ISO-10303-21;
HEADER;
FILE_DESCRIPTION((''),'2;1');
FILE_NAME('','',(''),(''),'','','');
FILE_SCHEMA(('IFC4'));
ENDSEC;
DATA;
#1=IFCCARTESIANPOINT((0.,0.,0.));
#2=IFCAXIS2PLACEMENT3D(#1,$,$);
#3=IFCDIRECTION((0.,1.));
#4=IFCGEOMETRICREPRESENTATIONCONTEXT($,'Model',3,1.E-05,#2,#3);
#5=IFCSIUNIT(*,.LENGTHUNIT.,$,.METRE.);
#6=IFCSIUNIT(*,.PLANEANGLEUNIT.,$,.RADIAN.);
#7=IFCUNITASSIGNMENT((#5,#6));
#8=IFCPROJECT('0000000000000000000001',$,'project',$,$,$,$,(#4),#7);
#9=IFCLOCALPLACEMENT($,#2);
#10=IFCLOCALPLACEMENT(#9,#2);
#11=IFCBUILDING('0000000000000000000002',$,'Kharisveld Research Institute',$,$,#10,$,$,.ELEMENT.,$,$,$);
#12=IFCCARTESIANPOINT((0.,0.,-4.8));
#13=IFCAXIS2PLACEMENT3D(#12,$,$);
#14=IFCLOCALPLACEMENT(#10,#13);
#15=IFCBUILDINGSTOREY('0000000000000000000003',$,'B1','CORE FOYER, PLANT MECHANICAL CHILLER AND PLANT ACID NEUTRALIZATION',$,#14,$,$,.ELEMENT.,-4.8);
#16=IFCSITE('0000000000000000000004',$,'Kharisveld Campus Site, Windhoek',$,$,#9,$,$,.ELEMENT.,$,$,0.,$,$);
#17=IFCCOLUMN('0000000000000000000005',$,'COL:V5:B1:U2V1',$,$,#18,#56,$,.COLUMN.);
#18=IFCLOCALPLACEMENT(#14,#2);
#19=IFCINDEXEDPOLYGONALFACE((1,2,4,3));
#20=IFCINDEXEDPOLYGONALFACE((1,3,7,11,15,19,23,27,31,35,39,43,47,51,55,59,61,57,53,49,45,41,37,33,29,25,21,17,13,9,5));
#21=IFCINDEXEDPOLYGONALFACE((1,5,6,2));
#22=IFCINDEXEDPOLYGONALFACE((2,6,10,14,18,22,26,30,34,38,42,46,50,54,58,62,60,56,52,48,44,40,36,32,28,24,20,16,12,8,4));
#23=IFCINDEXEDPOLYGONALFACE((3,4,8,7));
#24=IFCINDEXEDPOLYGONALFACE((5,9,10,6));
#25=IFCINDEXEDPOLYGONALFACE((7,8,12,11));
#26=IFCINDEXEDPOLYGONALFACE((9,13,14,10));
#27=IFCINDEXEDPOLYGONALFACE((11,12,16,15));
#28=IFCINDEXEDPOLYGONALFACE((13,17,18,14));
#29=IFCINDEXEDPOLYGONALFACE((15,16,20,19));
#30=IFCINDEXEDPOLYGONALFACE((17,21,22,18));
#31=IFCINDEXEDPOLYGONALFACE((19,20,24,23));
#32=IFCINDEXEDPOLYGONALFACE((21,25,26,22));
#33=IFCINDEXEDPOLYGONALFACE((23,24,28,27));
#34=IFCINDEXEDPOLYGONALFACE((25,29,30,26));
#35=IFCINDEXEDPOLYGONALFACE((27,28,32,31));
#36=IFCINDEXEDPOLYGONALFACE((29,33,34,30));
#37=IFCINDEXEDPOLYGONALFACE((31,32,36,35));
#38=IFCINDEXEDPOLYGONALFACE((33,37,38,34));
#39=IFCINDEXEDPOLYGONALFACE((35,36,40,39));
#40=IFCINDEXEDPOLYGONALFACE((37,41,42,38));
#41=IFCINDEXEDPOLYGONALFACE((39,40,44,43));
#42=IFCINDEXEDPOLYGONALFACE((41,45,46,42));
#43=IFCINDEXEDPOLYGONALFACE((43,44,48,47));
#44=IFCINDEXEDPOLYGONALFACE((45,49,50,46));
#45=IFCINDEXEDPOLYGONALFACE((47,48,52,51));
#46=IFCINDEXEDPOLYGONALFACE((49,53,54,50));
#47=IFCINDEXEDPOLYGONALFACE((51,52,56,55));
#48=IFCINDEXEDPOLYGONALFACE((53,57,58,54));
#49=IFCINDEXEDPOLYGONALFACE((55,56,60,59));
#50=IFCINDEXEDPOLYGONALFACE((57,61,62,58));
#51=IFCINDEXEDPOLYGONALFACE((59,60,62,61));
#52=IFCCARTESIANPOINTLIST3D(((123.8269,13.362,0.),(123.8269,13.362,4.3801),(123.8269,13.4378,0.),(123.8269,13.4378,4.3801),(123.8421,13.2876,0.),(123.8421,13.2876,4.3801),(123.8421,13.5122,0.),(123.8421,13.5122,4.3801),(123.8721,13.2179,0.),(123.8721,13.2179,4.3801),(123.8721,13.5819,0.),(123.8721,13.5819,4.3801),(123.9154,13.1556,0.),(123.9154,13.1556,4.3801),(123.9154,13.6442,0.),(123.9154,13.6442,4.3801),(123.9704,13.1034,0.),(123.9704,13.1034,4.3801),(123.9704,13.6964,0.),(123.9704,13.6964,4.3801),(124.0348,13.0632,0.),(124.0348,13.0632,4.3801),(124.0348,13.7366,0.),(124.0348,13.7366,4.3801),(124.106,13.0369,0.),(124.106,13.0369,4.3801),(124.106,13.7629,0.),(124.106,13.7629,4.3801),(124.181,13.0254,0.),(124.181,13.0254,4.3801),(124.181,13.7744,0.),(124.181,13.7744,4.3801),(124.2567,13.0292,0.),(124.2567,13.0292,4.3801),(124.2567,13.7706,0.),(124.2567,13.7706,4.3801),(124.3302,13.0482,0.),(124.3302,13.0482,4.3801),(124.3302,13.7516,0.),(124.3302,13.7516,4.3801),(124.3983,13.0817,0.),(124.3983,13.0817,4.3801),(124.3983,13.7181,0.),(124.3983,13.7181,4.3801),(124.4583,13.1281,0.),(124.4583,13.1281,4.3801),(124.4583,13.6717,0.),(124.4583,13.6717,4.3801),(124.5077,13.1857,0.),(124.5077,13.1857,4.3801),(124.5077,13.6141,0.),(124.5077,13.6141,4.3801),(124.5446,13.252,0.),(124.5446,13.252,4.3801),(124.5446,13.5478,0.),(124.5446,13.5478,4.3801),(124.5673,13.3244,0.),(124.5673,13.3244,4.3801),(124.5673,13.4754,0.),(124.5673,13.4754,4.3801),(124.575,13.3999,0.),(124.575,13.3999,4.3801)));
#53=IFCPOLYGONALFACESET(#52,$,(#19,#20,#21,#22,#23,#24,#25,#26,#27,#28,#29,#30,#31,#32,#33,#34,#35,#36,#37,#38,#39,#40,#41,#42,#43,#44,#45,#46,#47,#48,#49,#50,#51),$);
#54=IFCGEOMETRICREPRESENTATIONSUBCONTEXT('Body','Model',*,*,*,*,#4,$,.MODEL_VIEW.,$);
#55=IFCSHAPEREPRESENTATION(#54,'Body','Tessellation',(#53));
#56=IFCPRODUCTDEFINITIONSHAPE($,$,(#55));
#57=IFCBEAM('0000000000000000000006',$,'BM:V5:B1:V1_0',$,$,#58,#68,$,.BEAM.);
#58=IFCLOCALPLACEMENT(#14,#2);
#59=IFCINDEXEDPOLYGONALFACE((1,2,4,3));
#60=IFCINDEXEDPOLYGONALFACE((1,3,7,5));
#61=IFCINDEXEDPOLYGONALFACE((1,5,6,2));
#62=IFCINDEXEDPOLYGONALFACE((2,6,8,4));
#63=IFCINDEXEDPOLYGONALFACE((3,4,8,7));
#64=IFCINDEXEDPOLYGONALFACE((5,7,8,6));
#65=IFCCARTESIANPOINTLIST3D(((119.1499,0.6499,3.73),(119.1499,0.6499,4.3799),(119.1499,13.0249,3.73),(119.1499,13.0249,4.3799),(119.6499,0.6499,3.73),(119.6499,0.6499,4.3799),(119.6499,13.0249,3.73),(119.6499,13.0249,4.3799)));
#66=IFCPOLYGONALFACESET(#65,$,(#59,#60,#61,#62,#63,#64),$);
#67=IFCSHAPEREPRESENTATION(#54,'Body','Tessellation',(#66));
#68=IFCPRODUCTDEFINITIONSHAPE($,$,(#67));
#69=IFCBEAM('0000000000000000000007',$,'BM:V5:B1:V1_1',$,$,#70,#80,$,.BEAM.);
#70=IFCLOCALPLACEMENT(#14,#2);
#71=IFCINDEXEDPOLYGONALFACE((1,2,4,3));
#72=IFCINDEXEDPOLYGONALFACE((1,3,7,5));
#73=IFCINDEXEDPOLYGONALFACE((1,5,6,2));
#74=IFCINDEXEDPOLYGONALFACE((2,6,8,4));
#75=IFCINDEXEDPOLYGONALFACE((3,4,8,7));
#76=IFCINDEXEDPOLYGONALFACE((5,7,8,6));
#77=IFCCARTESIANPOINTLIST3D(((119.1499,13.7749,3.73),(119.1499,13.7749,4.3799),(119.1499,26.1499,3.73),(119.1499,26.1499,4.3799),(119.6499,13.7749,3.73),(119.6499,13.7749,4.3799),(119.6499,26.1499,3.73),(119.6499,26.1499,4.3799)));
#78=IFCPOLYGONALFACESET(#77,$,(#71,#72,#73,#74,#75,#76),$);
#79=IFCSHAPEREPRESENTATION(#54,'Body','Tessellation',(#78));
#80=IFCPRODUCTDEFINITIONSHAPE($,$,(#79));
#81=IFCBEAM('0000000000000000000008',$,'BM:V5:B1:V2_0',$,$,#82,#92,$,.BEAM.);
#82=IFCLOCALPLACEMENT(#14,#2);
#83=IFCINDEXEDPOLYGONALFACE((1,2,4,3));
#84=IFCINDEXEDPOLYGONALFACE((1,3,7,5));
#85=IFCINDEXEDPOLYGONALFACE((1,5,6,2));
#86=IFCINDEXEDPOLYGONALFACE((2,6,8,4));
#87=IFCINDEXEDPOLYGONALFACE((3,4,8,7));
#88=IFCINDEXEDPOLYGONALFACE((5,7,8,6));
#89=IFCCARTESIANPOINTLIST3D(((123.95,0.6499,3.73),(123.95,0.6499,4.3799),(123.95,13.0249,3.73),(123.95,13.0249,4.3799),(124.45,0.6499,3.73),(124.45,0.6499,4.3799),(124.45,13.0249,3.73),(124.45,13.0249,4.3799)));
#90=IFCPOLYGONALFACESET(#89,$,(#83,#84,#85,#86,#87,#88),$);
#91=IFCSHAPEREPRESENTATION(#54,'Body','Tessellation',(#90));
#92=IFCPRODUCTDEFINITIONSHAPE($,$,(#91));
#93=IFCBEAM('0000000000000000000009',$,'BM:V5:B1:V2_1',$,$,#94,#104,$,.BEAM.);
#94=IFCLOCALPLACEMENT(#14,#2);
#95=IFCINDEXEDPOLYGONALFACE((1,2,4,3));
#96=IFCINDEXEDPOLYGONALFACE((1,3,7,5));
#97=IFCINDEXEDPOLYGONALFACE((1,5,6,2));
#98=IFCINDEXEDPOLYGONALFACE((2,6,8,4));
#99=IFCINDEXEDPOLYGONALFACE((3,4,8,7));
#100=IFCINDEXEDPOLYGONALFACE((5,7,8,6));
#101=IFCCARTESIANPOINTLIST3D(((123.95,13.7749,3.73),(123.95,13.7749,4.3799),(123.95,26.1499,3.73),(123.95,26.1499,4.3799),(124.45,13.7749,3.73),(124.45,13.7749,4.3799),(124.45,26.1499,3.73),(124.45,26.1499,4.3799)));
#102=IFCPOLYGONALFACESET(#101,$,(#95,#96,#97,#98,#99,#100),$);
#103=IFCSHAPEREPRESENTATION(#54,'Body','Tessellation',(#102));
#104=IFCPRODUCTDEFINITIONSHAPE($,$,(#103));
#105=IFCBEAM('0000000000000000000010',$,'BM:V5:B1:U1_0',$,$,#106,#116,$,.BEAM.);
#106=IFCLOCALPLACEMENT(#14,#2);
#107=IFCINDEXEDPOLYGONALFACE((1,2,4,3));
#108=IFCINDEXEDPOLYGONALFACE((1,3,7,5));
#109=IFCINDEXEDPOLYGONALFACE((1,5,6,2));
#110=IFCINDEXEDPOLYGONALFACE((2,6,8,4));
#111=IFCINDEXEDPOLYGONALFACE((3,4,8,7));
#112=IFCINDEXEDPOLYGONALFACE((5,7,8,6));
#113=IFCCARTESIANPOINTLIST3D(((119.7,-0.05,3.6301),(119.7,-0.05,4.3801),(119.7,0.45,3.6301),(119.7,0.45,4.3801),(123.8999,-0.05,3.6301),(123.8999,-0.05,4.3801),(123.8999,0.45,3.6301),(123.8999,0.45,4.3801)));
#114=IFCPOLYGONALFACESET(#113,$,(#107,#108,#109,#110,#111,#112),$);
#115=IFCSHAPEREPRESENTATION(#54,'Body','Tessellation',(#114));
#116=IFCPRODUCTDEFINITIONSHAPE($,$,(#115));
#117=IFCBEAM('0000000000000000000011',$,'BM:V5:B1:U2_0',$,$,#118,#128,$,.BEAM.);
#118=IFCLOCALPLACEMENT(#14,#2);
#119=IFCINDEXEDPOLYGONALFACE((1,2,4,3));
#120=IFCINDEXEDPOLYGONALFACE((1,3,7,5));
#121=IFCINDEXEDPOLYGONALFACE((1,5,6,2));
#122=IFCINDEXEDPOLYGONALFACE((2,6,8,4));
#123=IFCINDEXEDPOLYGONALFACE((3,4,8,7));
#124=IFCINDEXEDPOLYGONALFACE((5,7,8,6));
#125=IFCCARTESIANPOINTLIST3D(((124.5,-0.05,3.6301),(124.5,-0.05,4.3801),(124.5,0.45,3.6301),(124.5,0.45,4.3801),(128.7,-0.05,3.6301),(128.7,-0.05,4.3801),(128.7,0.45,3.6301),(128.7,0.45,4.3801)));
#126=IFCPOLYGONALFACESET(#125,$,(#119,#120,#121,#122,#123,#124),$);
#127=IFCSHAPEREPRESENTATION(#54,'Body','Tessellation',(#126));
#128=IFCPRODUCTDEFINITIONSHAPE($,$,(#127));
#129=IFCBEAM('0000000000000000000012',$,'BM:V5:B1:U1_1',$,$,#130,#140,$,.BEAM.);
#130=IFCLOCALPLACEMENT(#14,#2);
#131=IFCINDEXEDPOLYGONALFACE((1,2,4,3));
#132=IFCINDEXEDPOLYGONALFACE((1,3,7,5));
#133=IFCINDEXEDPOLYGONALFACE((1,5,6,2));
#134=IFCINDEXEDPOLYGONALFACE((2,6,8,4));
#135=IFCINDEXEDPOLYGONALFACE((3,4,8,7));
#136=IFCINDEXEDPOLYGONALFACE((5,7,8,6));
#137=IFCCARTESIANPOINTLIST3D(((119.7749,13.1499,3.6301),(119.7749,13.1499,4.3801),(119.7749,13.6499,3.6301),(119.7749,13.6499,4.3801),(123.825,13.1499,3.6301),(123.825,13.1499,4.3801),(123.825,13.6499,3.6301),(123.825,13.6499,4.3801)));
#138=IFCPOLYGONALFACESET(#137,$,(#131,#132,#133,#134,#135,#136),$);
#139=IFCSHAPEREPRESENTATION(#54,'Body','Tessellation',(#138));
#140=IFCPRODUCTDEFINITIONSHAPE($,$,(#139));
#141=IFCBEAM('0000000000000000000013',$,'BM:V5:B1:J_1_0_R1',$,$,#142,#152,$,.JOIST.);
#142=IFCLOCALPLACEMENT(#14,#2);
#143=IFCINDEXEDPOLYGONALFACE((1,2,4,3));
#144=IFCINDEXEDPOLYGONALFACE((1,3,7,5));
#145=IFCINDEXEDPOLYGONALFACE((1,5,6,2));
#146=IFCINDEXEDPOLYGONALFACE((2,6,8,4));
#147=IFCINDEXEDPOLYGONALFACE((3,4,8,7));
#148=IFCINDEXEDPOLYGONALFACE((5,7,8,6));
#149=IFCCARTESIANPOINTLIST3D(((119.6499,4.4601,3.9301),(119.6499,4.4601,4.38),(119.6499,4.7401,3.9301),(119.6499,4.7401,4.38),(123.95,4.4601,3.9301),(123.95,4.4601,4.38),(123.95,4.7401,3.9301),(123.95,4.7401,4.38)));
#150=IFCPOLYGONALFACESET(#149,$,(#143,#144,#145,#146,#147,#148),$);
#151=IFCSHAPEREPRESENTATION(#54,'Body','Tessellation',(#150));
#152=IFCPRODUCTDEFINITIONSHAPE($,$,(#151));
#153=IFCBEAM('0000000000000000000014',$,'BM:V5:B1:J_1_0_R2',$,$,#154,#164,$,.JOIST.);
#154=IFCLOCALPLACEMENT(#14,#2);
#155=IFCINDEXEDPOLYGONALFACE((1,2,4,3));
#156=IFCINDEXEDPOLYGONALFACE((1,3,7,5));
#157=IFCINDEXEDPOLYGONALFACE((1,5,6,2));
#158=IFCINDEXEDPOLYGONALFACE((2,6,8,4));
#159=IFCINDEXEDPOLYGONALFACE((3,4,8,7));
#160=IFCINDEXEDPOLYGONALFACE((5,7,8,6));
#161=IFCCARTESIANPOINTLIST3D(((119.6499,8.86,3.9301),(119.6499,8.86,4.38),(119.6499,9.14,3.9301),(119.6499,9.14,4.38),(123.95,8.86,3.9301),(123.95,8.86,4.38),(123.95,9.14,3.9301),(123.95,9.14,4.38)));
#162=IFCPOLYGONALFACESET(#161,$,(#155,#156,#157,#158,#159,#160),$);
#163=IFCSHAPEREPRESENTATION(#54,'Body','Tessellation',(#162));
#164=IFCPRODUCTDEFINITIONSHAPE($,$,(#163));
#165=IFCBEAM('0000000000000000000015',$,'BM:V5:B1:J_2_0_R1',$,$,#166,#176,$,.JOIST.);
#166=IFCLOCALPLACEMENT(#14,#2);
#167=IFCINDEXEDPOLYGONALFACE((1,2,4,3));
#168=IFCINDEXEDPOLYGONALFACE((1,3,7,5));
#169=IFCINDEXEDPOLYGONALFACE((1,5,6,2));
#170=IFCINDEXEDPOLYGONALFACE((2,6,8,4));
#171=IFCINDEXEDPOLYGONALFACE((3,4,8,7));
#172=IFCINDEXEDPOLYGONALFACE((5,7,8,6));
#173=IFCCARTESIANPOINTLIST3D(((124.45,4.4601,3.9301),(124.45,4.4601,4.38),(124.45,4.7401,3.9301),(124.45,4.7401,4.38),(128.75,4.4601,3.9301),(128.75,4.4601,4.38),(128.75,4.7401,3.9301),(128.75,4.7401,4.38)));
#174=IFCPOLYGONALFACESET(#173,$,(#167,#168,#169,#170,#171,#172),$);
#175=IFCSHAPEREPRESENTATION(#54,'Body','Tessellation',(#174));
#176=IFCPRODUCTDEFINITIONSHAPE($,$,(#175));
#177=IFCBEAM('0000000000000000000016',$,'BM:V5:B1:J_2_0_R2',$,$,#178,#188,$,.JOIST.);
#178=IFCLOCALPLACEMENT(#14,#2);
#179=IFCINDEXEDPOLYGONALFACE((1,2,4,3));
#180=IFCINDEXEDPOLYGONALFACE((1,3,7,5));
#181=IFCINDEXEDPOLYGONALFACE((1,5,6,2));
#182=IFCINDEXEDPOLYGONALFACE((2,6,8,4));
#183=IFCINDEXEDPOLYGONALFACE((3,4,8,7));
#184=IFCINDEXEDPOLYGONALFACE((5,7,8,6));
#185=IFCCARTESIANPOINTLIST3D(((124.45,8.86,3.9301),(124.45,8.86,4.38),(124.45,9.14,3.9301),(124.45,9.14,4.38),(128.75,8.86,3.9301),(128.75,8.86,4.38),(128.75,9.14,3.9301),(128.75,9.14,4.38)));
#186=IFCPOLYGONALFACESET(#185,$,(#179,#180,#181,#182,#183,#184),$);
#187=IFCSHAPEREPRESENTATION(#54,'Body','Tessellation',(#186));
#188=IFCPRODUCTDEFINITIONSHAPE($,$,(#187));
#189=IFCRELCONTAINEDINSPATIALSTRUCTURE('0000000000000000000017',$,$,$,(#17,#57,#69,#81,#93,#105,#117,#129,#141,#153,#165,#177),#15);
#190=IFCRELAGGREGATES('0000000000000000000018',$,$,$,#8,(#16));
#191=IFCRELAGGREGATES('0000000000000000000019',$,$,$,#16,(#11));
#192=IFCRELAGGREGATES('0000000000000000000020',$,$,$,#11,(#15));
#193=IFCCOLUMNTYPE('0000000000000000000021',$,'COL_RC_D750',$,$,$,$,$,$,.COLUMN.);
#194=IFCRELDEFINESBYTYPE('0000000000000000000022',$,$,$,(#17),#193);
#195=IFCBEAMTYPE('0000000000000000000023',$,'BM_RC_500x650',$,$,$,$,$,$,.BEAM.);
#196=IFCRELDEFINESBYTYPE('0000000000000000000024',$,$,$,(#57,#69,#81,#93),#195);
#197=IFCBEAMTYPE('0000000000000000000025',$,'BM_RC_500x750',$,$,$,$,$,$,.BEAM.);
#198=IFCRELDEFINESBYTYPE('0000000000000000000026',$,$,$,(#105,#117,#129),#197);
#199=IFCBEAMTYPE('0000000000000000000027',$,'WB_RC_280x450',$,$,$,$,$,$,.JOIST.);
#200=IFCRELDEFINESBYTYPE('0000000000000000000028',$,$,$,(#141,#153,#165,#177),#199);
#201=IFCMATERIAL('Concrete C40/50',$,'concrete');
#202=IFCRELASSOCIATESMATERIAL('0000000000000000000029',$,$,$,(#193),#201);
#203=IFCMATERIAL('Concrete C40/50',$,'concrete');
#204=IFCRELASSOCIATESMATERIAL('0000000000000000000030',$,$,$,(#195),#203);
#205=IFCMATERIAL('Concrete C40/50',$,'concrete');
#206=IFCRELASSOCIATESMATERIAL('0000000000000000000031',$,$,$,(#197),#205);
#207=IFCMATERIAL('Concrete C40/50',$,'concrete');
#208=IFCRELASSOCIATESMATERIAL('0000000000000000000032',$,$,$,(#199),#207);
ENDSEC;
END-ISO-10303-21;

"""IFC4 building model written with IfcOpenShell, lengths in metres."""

from ifc_helpers import new_model, si_unit, direction, frame, origin, origin_2d, place, context, subcontext, project, spatial, rectangle, circle, extrude, material, material_profile, profile_set, type_object, element, save


model = new_model("IFC4")

# Units and contexts
model_context = context("Model", 3, precision=1e-05, world=origin(), true_north=direction((0.0, 1.0)))
body_context = subcontext(model_context, "Body", "Model", "MODEL_VIEW")
ifc_project = project(units=[si_unit("LENGTHUNIT", "METRE"), si_unit("PLANEANGLEUNIT", "RADIAN")], contexts=[model_context])

# Site, building, storey
site_placement = place(None, origin())
site = spatial("IfcSite", under=ifc_project, at=site_placement, Name="Kharisveld Campus Site, Windhoek", CompositionType="ELEMENT", RefElevation=0.0)
building_placement = place(site_placement, origin())
building = spatial("IfcBuilding", under=site, at=building_placement, Name="Kharisveld Research Institute", CompositionType="ELEMENT")
storey_placement = place(building_placement, frame((0.0, 0.0, -4.8)))
storey = spatial("IfcBuildingStorey", under=building, at=storey_placement, Name="B1", Description="CORE FOYER, PLANT MECHANICAL CHILLER AND PLANT ACID NEUTRALIZATION", CompositionType="ELEMENT", Elevation=-4.8)

# Column
ifc_material_1 = material(Name="Concrete C40/50", Category="concrete")
ifc_material_profile_1 = material_profile(ifc_material_1, circle(Radius=0.375, at=origin_2d()))
ifc_profile_set_1 = profile_set([ifc_material_profile_1], Name="Concrete C40/50")
column_type_1 = type_object("IfcColumnType", Name="COL_RC_D750", PredefinedType="COLUMN", material=ifc_profile_set_1)
for number, where, z_axis, x_axis, name in (
    (1, (124.2, 13.3999, 0.0), (0.0, 0.0, 1.0), (1.0, 0.0, 0.0), "COL:V5:B1:U2V1"),
):
    element("IfcColumn", number, at=place(storey_placement, frame(where, z_axis=z_axis, x_axis=x_axis)), inside=storey, type_object=column_type_1, Name=name, PredefinedType="COLUMN", context=body_context, shape_type="SweptSolid", body=[
        extrude(circle(Radius=0.375, at=origin_2d()), origin(), (0.0, 0.0, 1.0), 4.3801),
    ])

# Beams
ifc_material_2 = material(Name="Concrete C40/50", Category="concrete")
ifc_material_profile_2 = material_profile(ifc_material_2, rectangle(XDim=0.5, YDim=0.6499, at=origin_2d()))
ifc_profile_set_2 = profile_set([ifc_material_profile_2], Name="Concrete C40/50")
beam_type_1 = type_object("IfcBeamType", Name="BM_RC_500x650", PredefinedType="BEAM", material=ifc_profile_set_2)
for number, where, z_axis, x_axis, name in (
    (2, (119.3999, 0.6499, 4.0549), (0.0, 1.0, 0.0), (-1.0, 0.0, 0.0), "BM:V5:B1:V1_0"),
    (3, (119.3999, 13.7749, 4.0549), (0.0, 1.0, 0.0), (-1.0, 0.0, 0.0), "BM:V5:B1:V1_1"),
    (4, (124.2, 0.6499, 4.0549), (0.0, 1.0, 0.0), (-1.0, 0.0, 0.0), "BM:V5:B1:V2_0"),
    (5, (124.2, 13.7749, 4.0549), (0.0, 1.0, 0.0), (-1.0, 0.0, 0.0), "BM:V5:B1:V2_1"),
):
    element("IfcBeam", number, at=place(storey_placement, frame(where, z_axis=z_axis, x_axis=x_axis)), inside=storey, type_object=beam_type_1, Name=name, PredefinedType="BEAM", context=body_context, shape_type="SweptSolid", body=[
        extrude(rectangle(XDim=0.5, YDim=0.6499, at=origin_2d()), origin(), (0.0, 0.0, 1.0), 12.375),
    ])
ifc_material_3 = material(Name="Concrete C40/50", Category="concrete")
ifc_material_profile_3 = material_profile(ifc_material_3, rectangle(XDim=0.5, YDim=0.75, at=origin_2d()))
ifc_profile_set_3 = profile_set([ifc_material_profile_3], Name="Concrete C40/50")
beam_type_2 = type_object("IfcBeamType", Name="BM_RC_500x750", PredefinedType="BEAM", material=ifc_profile_set_3)
for number, where, z_axis, x_axis, name in (
    (6, (119.7, 0.2, 4.0051), (1.0, 0.0, 0.0), (0.0, 1.0, 0.0), "BM:V5:B1:U1_0"),
    (7, (124.5, 0.2, 4.0051), (1.0, 0.0, 0.0), (0.0, 1.0, 0.0), "BM:V5:B1:U2_0"),
):
    element("IfcBeam", number, at=place(storey_placement, frame(where, z_axis=z_axis, x_axis=x_axis)), inside=storey, type_object=beam_type_2, Name=name, PredefinedType="BEAM", context=body_context, shape_type="SweptSolid", body=[
        extrude(rectangle(XDim=0.5, YDim=0.75, at=origin_2d()), origin(), (0.0, 0.0, 1.0), 4.2),
    ])
beam_placement = place(storey_placement, frame((119.7749, 13.3999, 4.0051), z_axis=(1.0, 0.0, 0.0), x_axis=(0.0, 1.0, 0.0)))
element("IfcBeam", 8, at=beam_placement, inside=storey, type_object=beam_type_2, Name="BM:V5:B1:U1_1", PredefinedType="BEAM", context=body_context, shape_type="SweptSolid", body=[
    extrude(rectangle(XDim=0.5, YDim=0.75, at=origin_2d()), origin(), (0.0, 0.0, 1.0), 4.05),
])
ifc_material_4 = material(Name="Concrete C40/50", Category="concrete")
ifc_material_profile_4 = material_profile(ifc_material_4, rectangle(XDim=0.28, YDim=0.45, at=origin_2d()))
ifc_profile_set_4 = profile_set([ifc_material_profile_4], Name="Concrete C40/50")
beam_type_3 = type_object("IfcBeamType", Name="WB_RC_280x450", PredefinedType="JOIST", material=ifc_profile_set_4)
for number, where, z_axis, x_axis, name in (
    (9, (119.6499, 4.6001, 4.155), (1.0, 0.0, 0.0), (0.0, 1.0, 0.0), "BM:V5:B1:J_1_0_R1"),
    (10, (119.6499, 9.0, 4.155), (1.0, 0.0, 0.0), (0.0, 1.0, 0.0), "BM:V5:B1:J_1_0_R2"),
    (11, (124.45, 4.6001, 4.155), (1.0, 0.0, 0.0), (0.0, 1.0, 0.0), "BM:V5:B1:J_2_0_R1"),
    (12, (124.45, 9.0, 4.155), (1.0, 0.0, 0.0), (0.0, 1.0, 0.0), "BM:V5:B1:J_2_0_R2"),
):
    element("IfcBeam", number, at=place(storey_placement, frame(where, z_axis=z_axis, x_axis=x_axis)), inside=storey, type_object=beam_type_3, Name=name, PredefinedType="JOIST", context=body_context, shape_type="SweptSolid", body=[
        extrude(rectangle(XDim=0.28, YDim=0.45, at=origin_2d()), origin(), (0.0, 0.0, 1.0), 4.3),
    ])

save(model, "model.ifc")
